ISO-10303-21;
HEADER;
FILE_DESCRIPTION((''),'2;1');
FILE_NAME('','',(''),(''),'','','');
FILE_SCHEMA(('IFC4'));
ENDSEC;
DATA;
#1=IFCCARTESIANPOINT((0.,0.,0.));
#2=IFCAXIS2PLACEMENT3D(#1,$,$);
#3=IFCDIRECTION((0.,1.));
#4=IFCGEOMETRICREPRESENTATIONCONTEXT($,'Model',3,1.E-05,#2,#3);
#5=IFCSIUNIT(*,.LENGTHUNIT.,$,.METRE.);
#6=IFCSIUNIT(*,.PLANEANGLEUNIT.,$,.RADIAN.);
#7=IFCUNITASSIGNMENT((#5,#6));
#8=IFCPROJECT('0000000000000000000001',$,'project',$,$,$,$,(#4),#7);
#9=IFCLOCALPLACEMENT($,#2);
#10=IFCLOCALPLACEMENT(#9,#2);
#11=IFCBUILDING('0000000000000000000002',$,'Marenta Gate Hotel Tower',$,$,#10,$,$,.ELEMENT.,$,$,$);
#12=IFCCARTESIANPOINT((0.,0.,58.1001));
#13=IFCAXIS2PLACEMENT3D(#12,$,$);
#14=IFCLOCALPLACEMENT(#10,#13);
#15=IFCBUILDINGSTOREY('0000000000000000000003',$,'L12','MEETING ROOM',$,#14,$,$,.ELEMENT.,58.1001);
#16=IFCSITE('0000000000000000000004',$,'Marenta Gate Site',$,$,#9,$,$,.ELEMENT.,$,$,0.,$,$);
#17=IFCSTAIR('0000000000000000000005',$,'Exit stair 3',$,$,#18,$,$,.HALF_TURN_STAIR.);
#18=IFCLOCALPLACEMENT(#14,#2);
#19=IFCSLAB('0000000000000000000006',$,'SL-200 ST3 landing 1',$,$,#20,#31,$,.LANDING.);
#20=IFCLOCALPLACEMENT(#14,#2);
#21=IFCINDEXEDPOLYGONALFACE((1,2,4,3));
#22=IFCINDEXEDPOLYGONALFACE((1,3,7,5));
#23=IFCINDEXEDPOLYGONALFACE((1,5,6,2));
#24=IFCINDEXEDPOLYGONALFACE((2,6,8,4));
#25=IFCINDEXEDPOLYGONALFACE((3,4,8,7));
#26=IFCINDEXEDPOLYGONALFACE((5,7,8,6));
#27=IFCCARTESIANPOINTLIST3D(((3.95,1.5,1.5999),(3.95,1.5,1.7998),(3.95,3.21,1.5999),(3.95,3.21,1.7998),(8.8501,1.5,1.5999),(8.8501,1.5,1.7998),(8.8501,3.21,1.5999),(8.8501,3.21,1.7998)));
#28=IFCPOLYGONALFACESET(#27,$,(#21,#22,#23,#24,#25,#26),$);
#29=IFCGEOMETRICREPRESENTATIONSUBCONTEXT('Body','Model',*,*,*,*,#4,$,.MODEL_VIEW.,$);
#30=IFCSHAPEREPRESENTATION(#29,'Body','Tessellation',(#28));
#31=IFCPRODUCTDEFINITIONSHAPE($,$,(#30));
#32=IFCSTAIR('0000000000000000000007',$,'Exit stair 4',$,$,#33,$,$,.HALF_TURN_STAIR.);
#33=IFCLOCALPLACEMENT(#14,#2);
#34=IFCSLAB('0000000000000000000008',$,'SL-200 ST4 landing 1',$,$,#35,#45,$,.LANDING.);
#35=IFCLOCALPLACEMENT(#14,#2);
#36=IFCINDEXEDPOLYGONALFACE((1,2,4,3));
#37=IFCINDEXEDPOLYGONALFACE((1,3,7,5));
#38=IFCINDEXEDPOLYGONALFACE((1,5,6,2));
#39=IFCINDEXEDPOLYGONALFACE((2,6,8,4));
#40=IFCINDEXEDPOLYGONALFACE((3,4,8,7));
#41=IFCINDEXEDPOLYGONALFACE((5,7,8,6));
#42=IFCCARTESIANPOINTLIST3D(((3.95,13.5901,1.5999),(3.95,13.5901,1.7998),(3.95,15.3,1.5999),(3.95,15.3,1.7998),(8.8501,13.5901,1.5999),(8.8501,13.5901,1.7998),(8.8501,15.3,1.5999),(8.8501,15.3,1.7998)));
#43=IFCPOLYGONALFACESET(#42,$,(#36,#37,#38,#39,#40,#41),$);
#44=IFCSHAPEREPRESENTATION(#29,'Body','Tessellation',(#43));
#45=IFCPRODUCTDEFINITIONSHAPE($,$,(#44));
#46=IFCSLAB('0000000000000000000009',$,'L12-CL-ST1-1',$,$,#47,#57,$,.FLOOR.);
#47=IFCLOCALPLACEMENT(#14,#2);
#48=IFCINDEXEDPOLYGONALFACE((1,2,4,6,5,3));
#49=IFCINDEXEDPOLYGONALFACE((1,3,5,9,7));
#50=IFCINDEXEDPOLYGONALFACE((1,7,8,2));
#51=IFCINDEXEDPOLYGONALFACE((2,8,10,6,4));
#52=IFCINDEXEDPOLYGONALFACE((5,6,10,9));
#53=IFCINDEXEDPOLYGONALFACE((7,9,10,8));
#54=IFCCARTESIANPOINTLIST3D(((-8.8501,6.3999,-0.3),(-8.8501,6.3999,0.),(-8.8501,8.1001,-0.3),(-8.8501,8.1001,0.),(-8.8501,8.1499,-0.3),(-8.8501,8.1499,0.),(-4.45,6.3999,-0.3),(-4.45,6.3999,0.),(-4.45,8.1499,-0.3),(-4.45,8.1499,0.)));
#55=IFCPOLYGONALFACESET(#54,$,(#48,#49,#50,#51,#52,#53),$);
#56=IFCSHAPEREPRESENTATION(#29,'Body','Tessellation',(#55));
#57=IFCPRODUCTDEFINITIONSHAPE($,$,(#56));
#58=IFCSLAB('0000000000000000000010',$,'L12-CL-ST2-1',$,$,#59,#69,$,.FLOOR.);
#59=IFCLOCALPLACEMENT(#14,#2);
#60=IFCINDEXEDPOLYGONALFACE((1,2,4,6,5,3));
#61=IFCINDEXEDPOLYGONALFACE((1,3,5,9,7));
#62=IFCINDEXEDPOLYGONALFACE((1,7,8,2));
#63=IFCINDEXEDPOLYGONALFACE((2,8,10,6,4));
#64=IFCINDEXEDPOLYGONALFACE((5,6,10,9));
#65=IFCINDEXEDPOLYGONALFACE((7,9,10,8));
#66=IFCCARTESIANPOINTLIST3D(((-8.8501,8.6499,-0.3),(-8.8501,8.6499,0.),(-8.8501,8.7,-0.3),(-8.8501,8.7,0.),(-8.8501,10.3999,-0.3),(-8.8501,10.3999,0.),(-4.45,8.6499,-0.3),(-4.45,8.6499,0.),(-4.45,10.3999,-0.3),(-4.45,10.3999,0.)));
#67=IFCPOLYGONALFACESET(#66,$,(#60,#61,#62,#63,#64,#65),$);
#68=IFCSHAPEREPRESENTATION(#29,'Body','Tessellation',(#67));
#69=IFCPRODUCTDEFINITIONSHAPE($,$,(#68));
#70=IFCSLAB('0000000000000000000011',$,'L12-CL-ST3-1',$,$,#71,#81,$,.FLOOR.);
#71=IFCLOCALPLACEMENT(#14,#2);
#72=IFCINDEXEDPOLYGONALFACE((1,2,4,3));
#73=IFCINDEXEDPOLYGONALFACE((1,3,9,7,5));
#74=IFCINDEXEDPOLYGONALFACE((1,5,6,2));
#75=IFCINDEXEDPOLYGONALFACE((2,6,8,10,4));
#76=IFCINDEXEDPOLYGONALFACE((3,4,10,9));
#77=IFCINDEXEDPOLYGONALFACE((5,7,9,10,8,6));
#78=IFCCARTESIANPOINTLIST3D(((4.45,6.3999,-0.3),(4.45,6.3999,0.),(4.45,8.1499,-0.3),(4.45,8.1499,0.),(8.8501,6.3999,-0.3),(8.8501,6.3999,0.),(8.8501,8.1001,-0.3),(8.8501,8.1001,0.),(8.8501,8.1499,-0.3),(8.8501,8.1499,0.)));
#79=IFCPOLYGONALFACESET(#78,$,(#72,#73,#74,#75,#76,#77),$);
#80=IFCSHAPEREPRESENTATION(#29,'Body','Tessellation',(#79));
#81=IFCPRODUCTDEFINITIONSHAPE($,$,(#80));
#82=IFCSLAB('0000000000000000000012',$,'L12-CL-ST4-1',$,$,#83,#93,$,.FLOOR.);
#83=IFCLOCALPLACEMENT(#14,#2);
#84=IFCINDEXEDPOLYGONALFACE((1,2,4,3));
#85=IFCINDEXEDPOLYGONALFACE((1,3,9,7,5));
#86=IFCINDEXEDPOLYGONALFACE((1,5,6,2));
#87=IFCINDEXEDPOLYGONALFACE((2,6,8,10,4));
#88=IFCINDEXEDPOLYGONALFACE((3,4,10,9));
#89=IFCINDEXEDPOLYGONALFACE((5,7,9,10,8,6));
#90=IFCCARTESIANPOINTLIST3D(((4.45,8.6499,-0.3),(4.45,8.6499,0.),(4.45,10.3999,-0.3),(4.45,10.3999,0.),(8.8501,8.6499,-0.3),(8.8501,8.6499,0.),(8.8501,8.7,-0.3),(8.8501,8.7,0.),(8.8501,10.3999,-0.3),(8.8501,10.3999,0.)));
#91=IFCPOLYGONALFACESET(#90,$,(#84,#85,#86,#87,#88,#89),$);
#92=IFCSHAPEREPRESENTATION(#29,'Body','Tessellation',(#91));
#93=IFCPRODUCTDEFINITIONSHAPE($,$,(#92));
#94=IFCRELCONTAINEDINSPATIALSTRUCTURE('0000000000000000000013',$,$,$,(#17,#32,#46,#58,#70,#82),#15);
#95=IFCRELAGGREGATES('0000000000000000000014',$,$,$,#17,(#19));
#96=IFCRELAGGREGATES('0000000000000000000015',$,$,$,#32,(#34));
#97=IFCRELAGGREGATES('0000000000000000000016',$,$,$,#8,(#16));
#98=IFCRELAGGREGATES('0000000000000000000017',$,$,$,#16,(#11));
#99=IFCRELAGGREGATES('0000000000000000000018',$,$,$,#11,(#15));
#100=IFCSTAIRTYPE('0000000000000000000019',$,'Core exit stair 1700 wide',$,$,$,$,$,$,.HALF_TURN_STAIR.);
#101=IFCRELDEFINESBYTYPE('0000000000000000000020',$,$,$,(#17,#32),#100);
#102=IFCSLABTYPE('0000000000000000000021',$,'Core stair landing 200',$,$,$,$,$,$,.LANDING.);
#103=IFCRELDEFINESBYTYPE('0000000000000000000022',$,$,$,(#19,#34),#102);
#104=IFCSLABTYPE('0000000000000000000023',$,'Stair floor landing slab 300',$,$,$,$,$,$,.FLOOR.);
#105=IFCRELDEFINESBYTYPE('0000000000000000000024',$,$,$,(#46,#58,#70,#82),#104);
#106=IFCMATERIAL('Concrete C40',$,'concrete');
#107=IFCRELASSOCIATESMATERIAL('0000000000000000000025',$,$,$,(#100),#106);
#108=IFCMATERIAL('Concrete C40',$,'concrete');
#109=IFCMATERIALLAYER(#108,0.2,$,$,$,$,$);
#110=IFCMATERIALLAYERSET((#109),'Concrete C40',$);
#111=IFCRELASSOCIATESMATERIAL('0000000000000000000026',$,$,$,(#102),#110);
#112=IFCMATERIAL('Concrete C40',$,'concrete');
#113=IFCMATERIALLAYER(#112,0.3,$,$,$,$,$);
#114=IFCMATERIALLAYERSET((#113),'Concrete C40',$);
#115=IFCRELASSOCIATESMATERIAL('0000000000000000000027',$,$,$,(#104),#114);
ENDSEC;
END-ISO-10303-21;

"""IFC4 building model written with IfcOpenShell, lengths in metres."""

from ifc_helpers import new_model, si_unit, direction, frame, origin, place, context, subcontext, project, spatial, polyline, outline, extrude, material, layer, layer_set, type_object, element, aggregate, save


model = new_model("IFC4")

# Units and contexts
model_context = context("Model", 3, precision=1e-05, world=origin(), true_north=direction((0.0, 1.0)))
body_context = subcontext(model_context, "Body", "Model", "MODEL_VIEW")
ifc_project = project(units=[si_unit("LENGTHUNIT", "METRE"), si_unit("PLANEANGLEUNIT", "RADIAN")], contexts=[model_context])

# Site, building, storey
site_placement = place(None, origin())
site = spatial("IfcSite", under=ifc_project, at=site_placement, Name="Marenta Gate Site", CompositionType="ELEMENT", RefElevation=0.0)
building_placement = place(site_placement, origin())
building = spatial("IfcBuilding", under=site, at=building_placement, Name="Marenta Gate Hotel Tower", CompositionType="ELEMENT")
storey_placement = place(building_placement, frame((0.0, 0.0, 58.1001)))
storey = spatial("IfcBuildingStorey", under=building, at=storey_placement, Name="L12", Description="MEETING ROOM", CompositionType="ELEMENT", Elevation=58.1001)

# Stairs, slabs
ifc_material_1 = material(Name="Concrete C40", Category="concrete")
stair_type = type_object("IfcStairType", Name="Core exit stair 1700 wide", PredefinedType="HALF_TURN_STAIR", material=ifc_material_1)
ifc_material_2 = material(Name="Concrete C40", Category="concrete")
ifc_layer_1 = layer(ifc_material_2, 0.2)
ifc_layer_set_1 = layer_set([ifc_layer_1], Name="Concrete C40")
slab_type_1 = type_object("IfcSlabType", Name="Core stair landing 200", PredefinedType="LANDING", material=ifc_layer_set_1)
stair_1_placement = place(storey_placement, origin())
stair_1 = element("IfcStair", 1, at=stair_1_placement, inside=storey, type_object=stair_type, Name="Exit stair 3", PredefinedType="HALF_TURN_STAIR")
slab_1_placement = place(storey_placement, frame((0.0, 0.0, 1.5999)))
slab_1 = element("IfcSlab", 2, at=slab_1_placement, type_object=slab_type_1, Name="SL-200 ST3 landing 1", PredefinedType="LANDING", context=body_context, shape_type="SweptSolid", body=[
    extrude(outline(polyline([(3.95, 1.5), (8.8501, 1.5), (8.8501, 3.21), (3.95, 3.21), (3.95, 1.5)])), origin(), (0.0, 0.0, 1.0), 0.2),
])
aggregate(stair_1, [slab_1])
stair_2_placement = place(storey_placement, origin())
stair_2 = element("IfcStair", 3, at=stair_2_placement, inside=storey, type_object=stair_type, Name="Exit stair 4", PredefinedType="HALF_TURN_STAIR")
slab_2_placement = place(storey_placement, frame((0.0, 0.0, 1.5999)))
slab_2 = element("IfcSlab", 4, at=slab_2_placement, type_object=slab_type_1, Name="SL-200 ST4 landing 1", PredefinedType="LANDING", context=body_context, shape_type="SweptSolid", body=[
    extrude(outline(polyline([(3.95, 13.5901), (8.8501, 13.5901), (8.8501, 15.3), (3.95, 15.3), (3.95, 13.5901)])), origin(), (0.0, 0.0, 1.0), 0.2),
])
aggregate(stair_2, [slab_2])

# Slabs
ifc_material_3 = material(Name="Concrete C40", Category="concrete")
ifc_layer_2 = layer(ifc_material_3, 0.3)
ifc_layer_set_2 = layer_set([ifc_layer_2], Name="Concrete C40")
slab_type_2 = type_object("IfcSlabType", Name="Stair floor landing slab 300", PredefinedType="FLOOR", material=ifc_layer_set_2)
slab_3_placement = place(storey_placement, frame((0.0, 0.0, -0.3)))
element("IfcSlab", 5, at=slab_3_placement, inside=storey, type_object=slab_type_2, Name="L12-CL-ST1-1", PredefinedType="FLOOR", context=body_context, shape_type="SweptSolid", body=[
    extrude(outline(polyline([(-4.45, 6.3999), (-8.8501, 6.3999), (-8.8501, 8.1001), (-8.8501, 8.1499), (-4.45, 8.1499), (-4.45, 6.3999)])), origin(), (0.0, 0.0, 1.0), 0.3),
])
slab_4_placement = place(storey_placement, frame((0.0, 0.0, -0.3)))
element("IfcSlab", 6, at=slab_4_placement, inside=storey, type_object=slab_type_2, Name="L12-CL-ST2-1", PredefinedType="FLOOR", context=body_context, shape_type="SweptSolid", body=[
    extrude(outline(polyline([(-4.45, 8.6499), (-8.8501, 8.6499), (-8.8501, 8.7), (-8.8501, 10.3999), (-4.45, 10.3999), (-4.45, 8.6499)])), origin(), (0.0, 0.0, 1.0), 0.3),
])
slab_5_placement = place(storey_placement, frame((0.0, 0.0, -0.3)))
element("IfcSlab", 7, at=slab_5_placement, inside=storey, type_object=slab_type_2, Name="L12-CL-ST3-1", PredefinedType="FLOOR", context=body_context, shape_type="SweptSolid", body=[
    extrude(outline(polyline([(4.45, 6.3999), (4.45, 8.1499), (8.8501, 8.1499), (8.8501, 8.1001), (8.8501, 6.3999), (4.45, 6.3999)])), origin(), (0.0, 0.0, 1.0), 0.3),
])
slab_6_placement = place(storey_placement, frame((0.0, 0.0, -0.3)))
element("IfcSlab", 8, at=slab_6_placement, inside=storey, type_object=slab_type_2, Name="L12-CL-ST4-1", PredefinedType="FLOOR", context=body_context, shape_type="SweptSolid", body=[
    extrude(outline(polyline([(4.45, 8.6499), (4.45, 10.3999), (8.8501, 10.3999), (8.8501, 8.7), (8.8501, 8.6499), (4.45, 8.6499)])), origin(), (0.0, 0.0, 1.0), 0.3),
])

save(model, "model.ifc")
